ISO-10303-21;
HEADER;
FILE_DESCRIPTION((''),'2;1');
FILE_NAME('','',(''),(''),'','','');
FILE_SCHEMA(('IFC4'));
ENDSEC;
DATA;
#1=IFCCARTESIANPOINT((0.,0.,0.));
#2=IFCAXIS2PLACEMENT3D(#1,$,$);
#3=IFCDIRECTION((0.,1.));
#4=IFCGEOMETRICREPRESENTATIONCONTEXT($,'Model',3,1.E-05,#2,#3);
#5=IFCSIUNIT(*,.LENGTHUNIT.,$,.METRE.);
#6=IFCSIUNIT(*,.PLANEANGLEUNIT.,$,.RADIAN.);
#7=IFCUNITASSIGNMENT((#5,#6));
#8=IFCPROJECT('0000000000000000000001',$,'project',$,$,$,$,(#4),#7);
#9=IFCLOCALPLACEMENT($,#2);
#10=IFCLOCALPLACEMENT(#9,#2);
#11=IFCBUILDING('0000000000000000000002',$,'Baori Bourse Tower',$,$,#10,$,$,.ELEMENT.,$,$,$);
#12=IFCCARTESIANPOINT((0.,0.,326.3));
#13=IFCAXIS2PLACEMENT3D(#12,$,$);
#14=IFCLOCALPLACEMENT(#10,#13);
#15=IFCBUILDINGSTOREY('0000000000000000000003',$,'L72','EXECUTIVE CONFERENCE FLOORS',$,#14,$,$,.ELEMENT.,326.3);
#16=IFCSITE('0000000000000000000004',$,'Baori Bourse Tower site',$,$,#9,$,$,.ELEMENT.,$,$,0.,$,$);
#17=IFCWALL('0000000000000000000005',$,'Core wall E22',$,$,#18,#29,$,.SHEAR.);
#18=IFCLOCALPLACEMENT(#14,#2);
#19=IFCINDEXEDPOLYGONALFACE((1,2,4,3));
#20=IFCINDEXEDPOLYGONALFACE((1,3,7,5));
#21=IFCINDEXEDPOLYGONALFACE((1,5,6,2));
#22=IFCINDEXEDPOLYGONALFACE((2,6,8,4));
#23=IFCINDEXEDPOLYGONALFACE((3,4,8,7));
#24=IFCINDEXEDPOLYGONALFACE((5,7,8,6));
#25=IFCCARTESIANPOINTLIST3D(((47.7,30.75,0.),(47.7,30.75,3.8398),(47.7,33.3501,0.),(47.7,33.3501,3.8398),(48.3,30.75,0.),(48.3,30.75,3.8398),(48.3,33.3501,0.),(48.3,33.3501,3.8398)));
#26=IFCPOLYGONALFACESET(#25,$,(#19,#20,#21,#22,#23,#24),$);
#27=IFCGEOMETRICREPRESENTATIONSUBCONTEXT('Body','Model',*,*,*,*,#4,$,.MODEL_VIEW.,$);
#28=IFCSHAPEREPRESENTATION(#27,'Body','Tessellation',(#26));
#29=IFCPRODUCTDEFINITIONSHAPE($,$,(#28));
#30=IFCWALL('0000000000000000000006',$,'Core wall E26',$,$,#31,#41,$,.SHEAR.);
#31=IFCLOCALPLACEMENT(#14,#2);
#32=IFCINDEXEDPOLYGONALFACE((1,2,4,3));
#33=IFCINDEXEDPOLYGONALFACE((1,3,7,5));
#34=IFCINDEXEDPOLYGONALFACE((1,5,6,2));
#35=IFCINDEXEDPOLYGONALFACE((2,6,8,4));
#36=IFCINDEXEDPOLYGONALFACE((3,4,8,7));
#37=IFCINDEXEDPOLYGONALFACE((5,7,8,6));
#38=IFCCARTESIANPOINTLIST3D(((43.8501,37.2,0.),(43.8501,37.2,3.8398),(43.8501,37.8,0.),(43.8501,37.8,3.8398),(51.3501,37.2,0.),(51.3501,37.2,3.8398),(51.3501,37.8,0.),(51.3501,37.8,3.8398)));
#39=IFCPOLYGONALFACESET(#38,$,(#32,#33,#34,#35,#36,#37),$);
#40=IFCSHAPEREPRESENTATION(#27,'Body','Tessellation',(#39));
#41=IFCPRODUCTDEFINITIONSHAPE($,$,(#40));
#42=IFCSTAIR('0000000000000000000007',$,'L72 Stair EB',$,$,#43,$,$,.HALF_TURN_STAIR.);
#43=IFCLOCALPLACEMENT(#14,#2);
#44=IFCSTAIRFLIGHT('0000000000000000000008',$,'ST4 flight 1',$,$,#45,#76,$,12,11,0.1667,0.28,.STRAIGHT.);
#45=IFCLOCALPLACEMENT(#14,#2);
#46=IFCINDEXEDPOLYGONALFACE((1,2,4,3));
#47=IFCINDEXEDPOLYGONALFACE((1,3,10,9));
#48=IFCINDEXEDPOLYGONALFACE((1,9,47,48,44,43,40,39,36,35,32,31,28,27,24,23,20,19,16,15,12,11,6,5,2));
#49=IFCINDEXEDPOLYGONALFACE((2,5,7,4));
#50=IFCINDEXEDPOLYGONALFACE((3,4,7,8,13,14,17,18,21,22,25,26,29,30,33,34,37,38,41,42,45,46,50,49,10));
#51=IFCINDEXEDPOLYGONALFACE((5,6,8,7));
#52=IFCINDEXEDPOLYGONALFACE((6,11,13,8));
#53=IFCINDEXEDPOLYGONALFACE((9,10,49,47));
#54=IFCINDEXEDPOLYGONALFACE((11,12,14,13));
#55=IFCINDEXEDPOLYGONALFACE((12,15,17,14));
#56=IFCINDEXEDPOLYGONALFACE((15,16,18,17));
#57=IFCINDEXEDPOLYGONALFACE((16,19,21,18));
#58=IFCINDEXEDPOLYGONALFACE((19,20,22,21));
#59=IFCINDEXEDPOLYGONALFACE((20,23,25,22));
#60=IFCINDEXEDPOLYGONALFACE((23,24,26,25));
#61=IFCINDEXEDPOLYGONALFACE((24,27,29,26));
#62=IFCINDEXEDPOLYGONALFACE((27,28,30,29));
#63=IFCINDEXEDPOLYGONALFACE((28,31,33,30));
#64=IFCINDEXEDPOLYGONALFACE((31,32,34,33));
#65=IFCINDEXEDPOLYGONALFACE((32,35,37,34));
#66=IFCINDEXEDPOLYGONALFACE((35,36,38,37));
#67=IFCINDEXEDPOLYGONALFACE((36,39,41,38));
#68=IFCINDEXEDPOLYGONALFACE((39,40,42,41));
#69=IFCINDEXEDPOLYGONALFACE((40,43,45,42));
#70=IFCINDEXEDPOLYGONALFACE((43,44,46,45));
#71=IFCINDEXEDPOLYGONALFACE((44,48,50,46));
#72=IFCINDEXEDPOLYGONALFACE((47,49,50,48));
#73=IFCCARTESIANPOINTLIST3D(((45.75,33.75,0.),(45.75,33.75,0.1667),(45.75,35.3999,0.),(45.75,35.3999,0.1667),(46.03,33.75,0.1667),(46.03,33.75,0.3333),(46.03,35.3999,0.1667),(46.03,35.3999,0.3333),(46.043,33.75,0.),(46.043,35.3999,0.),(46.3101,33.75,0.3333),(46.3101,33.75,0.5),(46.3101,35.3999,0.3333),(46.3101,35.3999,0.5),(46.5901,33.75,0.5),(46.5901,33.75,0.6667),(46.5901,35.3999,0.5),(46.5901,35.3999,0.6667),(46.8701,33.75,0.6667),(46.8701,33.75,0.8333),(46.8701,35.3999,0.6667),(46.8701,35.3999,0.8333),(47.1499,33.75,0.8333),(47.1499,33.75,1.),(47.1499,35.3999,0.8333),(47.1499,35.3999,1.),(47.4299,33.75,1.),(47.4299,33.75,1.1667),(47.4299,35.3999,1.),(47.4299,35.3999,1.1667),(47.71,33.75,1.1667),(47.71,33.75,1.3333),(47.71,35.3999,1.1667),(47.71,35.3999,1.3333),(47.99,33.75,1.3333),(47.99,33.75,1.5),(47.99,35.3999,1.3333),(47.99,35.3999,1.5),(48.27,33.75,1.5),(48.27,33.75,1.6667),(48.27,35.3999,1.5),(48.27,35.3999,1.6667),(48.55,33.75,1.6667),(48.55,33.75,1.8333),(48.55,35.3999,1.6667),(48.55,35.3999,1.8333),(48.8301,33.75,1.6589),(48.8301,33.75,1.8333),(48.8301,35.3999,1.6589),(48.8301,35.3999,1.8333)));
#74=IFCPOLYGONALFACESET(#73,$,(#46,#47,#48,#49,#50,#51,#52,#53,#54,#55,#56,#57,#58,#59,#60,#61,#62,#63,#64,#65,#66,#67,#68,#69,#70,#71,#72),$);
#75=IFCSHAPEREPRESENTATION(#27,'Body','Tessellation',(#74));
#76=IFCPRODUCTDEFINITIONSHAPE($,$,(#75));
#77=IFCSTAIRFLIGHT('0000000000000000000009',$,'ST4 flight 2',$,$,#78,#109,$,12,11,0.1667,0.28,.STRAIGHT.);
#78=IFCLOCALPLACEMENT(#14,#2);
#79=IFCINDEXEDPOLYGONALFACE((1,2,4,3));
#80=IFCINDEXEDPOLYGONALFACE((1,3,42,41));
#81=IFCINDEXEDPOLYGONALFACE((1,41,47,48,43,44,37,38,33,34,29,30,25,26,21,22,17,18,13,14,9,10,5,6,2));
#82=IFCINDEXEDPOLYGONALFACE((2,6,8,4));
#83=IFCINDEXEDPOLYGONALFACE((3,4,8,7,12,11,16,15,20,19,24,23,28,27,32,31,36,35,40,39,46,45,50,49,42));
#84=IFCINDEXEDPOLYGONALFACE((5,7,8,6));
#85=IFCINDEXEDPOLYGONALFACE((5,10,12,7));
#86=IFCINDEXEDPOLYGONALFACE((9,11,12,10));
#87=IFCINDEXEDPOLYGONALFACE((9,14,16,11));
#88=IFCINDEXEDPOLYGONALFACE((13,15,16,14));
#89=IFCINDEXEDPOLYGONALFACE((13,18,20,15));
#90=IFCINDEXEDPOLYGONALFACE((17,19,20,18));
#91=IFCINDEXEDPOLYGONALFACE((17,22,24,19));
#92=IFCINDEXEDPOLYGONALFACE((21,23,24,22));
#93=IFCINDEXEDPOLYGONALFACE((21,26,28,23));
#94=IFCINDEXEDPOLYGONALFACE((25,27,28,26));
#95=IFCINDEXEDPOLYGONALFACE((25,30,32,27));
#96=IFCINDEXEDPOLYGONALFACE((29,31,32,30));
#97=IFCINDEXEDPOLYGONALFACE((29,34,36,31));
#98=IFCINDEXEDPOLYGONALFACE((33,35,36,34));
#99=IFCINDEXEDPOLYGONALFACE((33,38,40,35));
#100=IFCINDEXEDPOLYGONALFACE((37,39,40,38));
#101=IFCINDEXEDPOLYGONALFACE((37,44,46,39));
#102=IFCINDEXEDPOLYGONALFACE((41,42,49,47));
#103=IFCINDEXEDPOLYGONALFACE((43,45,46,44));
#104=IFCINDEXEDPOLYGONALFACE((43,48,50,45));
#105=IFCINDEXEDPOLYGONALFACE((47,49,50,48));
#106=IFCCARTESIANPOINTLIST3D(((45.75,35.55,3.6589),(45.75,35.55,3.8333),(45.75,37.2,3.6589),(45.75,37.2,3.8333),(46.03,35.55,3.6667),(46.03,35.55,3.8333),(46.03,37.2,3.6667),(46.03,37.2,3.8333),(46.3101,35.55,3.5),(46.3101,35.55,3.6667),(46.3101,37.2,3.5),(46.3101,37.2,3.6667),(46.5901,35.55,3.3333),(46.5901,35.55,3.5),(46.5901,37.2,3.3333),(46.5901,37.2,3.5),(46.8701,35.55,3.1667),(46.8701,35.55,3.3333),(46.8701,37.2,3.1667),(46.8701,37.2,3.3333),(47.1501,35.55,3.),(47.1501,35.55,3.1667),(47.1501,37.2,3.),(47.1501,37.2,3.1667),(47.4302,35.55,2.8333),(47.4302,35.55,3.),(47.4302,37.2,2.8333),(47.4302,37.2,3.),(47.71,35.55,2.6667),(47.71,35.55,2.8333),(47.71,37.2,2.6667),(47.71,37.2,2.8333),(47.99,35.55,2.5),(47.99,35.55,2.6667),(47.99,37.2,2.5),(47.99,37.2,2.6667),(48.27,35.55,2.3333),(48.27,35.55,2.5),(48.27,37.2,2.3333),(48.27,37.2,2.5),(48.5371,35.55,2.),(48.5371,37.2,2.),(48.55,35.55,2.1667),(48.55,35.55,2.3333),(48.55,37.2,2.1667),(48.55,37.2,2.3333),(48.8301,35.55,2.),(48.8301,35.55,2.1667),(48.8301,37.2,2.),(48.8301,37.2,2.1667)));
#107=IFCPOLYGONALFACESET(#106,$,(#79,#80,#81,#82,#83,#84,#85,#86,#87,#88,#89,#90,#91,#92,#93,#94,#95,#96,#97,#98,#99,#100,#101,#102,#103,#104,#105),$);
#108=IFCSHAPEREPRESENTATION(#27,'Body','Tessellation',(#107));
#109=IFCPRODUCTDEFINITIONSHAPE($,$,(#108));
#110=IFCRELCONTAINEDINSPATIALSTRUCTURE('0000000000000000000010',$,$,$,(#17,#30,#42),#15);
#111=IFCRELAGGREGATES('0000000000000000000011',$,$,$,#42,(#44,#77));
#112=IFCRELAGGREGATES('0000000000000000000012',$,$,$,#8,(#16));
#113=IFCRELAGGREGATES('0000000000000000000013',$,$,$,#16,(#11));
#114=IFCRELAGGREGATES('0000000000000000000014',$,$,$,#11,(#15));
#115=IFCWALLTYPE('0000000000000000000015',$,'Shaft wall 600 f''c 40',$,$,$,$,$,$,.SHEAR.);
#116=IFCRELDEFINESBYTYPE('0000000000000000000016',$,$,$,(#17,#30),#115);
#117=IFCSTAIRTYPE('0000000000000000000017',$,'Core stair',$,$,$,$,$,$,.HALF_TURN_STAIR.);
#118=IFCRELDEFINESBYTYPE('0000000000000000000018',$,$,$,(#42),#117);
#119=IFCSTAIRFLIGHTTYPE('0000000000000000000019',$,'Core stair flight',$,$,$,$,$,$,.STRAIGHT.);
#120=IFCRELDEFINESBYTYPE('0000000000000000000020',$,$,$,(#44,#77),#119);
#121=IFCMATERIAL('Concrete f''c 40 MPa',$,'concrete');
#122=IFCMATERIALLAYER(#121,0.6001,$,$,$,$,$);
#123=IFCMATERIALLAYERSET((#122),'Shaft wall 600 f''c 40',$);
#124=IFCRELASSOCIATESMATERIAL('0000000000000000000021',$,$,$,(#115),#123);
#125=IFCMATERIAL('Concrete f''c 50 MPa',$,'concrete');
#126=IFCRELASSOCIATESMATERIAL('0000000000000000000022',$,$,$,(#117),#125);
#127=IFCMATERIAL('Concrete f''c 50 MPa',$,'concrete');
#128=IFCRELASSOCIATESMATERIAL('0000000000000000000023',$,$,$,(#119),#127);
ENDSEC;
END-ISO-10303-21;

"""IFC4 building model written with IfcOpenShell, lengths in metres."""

from ifc_helpers import new_model, si_unit, direction, frame, frame_2d, origin, place, context, subcontext, project, spatial, polyline, rectangle, outline, extrude, material, layer, layer_set, type_object, element, aggregate, save


model = new_model("IFC4")

# Units and contexts
model_context = context("Model", 3, precision=1e-05, world=origin(), true_north=direction((0.0, 1.0)))
body_context = subcontext(model_context, "Body", "Model", "MODEL_VIEW")
ifc_project = project(units=[si_unit("LENGTHUNIT", "METRE"), si_unit("PLANEANGLEUNIT", "RADIAN")], contexts=[model_context])

# Site, building, storey
site_placement = place(None, origin())
site = spatial("IfcSite", under=ifc_project, at=site_placement, Name="Baori Bourse Tower site", CompositionType="ELEMENT", RefElevation=0.0)
building_placement = place(site_placement, origin())
building = spatial("IfcBuilding", under=site, at=building_placement, Name="Baori Bourse Tower", CompositionType="ELEMENT")
storey_placement = place(building_placement, frame((0.0, 0.0, 326.3)))
storey = spatial("IfcBuildingStorey", under=building, at=storey_placement, Name="L72", Description="EXECUTIVE CONFERENCE FLOORS", CompositionType="ELEMENT", Elevation=326.3)

# Walls
ifc_material_1 = material(Name="Concrete f'c 40 MPa", Category="concrete")
ifc_layer_1 = layer(ifc_material_1, 0.6001)
ifc_layer_set_1 = layer_set([ifc_layer_1], Name="Shaft wall 600 f'c 40")
wall_type_1 = type_object("IfcWallType", Name="Shaft wall 600 f'c 40", PredefinedType="SHEAR", material=ifc_layer_set_1)
for number, where, z_axis, x_axis, name in (
    (1, (48.0, 30.75, 0.0), (0.0, 0.0, 1.0), (0.0, 1.0, 0.0), "Core wall E22"),
):
    element("IfcWall", number, at=place(storey_placement, frame(where, z_axis=z_axis, x_axis=x_axis)), inside=storey, type_object=wall_type_1, Name=name, PredefinedType="SHEAR", context=body_context, shape_type="SweptSolid", body=[
        extrude(rectangle(XDim=2.6001, YDim=0.6001, at=frame_2d((1.3, 0.0))), origin(), (0.0, 0.0, 1.0), 3.8398),
    ])
wall_1_placement = place(storey_placement, frame((43.8501, 37.5, 0.0), z_axis=(0.0, 0.0, 1.0), x_axis=(1.0, 0.0, 0.0)))
element("IfcWall", 2, at=wall_1_placement, inside=storey, type_object=wall_type_1, Name="Core wall E26", PredefinedType="SHEAR", context=body_context, shape_type="SweptSolid", body=[
    extrude(rectangle(XDim=7.5, YDim=0.6001, at=frame_2d((3.75, 0.0))), origin(), (0.0, 0.0, 1.0), 3.8398),
])

# Stair, stair flights
ifc_material_2 = material(Name="Concrete f'c 50 MPa", Category="concrete")
stair_type = type_object("IfcStairType", Name="Core stair", PredefinedType="HALF_TURN_STAIR", material=ifc_material_2)
stair_placement = place(storey_placement, origin())
stair = element("IfcStair", 3, at=stair_placement, inside=storey, type_object=stair_type, Name="L72 Stair EB", PredefinedType="HALF_TURN_STAIR")
ifc_material_3 = material(Name="Concrete f'c 50 MPa", Category="concrete")
stair_flight_type = type_object("IfcStairFlightType", Name="Core stair flight", PredefinedType="STRAIGHT", material=ifc_material_3)
stair_flight_1_placement = place(storey_placement, frame((45.75, 34.575, 0.0), z_axis=(0.0, 0.0, 1.0), x_axis=(1.0, 0.0, 0.0)))
stair_flight_1 = element("IfcStairFlight", 4, at=stair_flight_1_placement, type_object=stair_flight_type, Name="ST4 flight 1", NumberOfRisers=12, NumberOfTreads=11, PredefinedType="STRAIGHT", RiserHeight=0.1667, TreadLength=0.28, context=body_context, shape_type="SweptSolid", body=[
    extrude(outline(polyline([(0.0, 0.0), (0.0, 0.1667), (0.28, 0.1667), (0.28, 0.3333), (0.5601, 0.3333), (0.5601, 0.5), (0.8401, 0.5), (0.8401, 0.6667), (1.1201, 0.6667), (1.1201, 0.8333), (1.3999, 0.8333), (1.3999, 1.0), (1.6799, 1.0), (1.6799, 1.1667), (1.96, 1.1667), (1.96, 1.3333), (2.24, 1.3333), (2.24, 1.5), (2.52, 1.5), (2.52, 1.6667), (2.8, 1.6667), (2.8, 1.8333), (3.0801, 1.8333), (3.0801, 2.0), (3.0801, 1.6589), (0.293, 0.0), (0.0, 0.0)])), frame((0.0, 0.825, 0.0), z_axis=(0.0, -1.0, 0.0), x_axis=(1.0, 0.0, 0.0)), (0.0, 0.0, 1.0), 1.6499),
])
stair_flight_2_placement = place(storey_placement, frame((48.8301, 36.375, 2.0), z_axis=(0.0, 0.0, 1.0), x_axis=(-1.0, 0.0, 0.0)))
stair_flight_2 = element("IfcStairFlight", 5, at=stair_flight_2_placement, type_object=stair_flight_type, Name="ST4 flight 2", NumberOfRisers=12, NumberOfTreads=11, PredefinedType="STRAIGHT", RiserHeight=0.1667, TreadLength=0.28, context=body_context, shape_type="SweptSolid", body=[
    extrude(outline(polyline([(0.0, 0.0), (0.0, 0.1667), (0.28, 0.1667), (0.28, 0.3333), (0.5601, 0.3333), (0.5601, 0.5), (0.8401, 0.5), (0.8401, 0.6667), (1.1201, 0.6667), (1.1201, 0.8333), (1.3999, 0.8333), (1.3999, 1.0), (1.6799, 1.0), (1.6799, 1.1667), (1.96, 1.1667), (1.96, 1.3333), (2.24, 1.3333), (2.24, 1.5), (2.52, 1.5), (2.52, 1.6667), (2.8, 1.6667), (2.8, 1.8333), (3.0801, 1.8333), (3.0801, 2.0), (3.0801, 1.6589), (0.293, 0.0), (0.0, 0.0)])), frame((0.0, 0.825, 0.0), z_axis=(0.0, -1.0, 0.0), x_axis=(1.0, 0.0, 0.0)), (0.0, 0.0, 1.0), 1.6499),
])
aggregate(stair, [stair_flight_1, stair_flight_2])

save(model, "model.ifc")
